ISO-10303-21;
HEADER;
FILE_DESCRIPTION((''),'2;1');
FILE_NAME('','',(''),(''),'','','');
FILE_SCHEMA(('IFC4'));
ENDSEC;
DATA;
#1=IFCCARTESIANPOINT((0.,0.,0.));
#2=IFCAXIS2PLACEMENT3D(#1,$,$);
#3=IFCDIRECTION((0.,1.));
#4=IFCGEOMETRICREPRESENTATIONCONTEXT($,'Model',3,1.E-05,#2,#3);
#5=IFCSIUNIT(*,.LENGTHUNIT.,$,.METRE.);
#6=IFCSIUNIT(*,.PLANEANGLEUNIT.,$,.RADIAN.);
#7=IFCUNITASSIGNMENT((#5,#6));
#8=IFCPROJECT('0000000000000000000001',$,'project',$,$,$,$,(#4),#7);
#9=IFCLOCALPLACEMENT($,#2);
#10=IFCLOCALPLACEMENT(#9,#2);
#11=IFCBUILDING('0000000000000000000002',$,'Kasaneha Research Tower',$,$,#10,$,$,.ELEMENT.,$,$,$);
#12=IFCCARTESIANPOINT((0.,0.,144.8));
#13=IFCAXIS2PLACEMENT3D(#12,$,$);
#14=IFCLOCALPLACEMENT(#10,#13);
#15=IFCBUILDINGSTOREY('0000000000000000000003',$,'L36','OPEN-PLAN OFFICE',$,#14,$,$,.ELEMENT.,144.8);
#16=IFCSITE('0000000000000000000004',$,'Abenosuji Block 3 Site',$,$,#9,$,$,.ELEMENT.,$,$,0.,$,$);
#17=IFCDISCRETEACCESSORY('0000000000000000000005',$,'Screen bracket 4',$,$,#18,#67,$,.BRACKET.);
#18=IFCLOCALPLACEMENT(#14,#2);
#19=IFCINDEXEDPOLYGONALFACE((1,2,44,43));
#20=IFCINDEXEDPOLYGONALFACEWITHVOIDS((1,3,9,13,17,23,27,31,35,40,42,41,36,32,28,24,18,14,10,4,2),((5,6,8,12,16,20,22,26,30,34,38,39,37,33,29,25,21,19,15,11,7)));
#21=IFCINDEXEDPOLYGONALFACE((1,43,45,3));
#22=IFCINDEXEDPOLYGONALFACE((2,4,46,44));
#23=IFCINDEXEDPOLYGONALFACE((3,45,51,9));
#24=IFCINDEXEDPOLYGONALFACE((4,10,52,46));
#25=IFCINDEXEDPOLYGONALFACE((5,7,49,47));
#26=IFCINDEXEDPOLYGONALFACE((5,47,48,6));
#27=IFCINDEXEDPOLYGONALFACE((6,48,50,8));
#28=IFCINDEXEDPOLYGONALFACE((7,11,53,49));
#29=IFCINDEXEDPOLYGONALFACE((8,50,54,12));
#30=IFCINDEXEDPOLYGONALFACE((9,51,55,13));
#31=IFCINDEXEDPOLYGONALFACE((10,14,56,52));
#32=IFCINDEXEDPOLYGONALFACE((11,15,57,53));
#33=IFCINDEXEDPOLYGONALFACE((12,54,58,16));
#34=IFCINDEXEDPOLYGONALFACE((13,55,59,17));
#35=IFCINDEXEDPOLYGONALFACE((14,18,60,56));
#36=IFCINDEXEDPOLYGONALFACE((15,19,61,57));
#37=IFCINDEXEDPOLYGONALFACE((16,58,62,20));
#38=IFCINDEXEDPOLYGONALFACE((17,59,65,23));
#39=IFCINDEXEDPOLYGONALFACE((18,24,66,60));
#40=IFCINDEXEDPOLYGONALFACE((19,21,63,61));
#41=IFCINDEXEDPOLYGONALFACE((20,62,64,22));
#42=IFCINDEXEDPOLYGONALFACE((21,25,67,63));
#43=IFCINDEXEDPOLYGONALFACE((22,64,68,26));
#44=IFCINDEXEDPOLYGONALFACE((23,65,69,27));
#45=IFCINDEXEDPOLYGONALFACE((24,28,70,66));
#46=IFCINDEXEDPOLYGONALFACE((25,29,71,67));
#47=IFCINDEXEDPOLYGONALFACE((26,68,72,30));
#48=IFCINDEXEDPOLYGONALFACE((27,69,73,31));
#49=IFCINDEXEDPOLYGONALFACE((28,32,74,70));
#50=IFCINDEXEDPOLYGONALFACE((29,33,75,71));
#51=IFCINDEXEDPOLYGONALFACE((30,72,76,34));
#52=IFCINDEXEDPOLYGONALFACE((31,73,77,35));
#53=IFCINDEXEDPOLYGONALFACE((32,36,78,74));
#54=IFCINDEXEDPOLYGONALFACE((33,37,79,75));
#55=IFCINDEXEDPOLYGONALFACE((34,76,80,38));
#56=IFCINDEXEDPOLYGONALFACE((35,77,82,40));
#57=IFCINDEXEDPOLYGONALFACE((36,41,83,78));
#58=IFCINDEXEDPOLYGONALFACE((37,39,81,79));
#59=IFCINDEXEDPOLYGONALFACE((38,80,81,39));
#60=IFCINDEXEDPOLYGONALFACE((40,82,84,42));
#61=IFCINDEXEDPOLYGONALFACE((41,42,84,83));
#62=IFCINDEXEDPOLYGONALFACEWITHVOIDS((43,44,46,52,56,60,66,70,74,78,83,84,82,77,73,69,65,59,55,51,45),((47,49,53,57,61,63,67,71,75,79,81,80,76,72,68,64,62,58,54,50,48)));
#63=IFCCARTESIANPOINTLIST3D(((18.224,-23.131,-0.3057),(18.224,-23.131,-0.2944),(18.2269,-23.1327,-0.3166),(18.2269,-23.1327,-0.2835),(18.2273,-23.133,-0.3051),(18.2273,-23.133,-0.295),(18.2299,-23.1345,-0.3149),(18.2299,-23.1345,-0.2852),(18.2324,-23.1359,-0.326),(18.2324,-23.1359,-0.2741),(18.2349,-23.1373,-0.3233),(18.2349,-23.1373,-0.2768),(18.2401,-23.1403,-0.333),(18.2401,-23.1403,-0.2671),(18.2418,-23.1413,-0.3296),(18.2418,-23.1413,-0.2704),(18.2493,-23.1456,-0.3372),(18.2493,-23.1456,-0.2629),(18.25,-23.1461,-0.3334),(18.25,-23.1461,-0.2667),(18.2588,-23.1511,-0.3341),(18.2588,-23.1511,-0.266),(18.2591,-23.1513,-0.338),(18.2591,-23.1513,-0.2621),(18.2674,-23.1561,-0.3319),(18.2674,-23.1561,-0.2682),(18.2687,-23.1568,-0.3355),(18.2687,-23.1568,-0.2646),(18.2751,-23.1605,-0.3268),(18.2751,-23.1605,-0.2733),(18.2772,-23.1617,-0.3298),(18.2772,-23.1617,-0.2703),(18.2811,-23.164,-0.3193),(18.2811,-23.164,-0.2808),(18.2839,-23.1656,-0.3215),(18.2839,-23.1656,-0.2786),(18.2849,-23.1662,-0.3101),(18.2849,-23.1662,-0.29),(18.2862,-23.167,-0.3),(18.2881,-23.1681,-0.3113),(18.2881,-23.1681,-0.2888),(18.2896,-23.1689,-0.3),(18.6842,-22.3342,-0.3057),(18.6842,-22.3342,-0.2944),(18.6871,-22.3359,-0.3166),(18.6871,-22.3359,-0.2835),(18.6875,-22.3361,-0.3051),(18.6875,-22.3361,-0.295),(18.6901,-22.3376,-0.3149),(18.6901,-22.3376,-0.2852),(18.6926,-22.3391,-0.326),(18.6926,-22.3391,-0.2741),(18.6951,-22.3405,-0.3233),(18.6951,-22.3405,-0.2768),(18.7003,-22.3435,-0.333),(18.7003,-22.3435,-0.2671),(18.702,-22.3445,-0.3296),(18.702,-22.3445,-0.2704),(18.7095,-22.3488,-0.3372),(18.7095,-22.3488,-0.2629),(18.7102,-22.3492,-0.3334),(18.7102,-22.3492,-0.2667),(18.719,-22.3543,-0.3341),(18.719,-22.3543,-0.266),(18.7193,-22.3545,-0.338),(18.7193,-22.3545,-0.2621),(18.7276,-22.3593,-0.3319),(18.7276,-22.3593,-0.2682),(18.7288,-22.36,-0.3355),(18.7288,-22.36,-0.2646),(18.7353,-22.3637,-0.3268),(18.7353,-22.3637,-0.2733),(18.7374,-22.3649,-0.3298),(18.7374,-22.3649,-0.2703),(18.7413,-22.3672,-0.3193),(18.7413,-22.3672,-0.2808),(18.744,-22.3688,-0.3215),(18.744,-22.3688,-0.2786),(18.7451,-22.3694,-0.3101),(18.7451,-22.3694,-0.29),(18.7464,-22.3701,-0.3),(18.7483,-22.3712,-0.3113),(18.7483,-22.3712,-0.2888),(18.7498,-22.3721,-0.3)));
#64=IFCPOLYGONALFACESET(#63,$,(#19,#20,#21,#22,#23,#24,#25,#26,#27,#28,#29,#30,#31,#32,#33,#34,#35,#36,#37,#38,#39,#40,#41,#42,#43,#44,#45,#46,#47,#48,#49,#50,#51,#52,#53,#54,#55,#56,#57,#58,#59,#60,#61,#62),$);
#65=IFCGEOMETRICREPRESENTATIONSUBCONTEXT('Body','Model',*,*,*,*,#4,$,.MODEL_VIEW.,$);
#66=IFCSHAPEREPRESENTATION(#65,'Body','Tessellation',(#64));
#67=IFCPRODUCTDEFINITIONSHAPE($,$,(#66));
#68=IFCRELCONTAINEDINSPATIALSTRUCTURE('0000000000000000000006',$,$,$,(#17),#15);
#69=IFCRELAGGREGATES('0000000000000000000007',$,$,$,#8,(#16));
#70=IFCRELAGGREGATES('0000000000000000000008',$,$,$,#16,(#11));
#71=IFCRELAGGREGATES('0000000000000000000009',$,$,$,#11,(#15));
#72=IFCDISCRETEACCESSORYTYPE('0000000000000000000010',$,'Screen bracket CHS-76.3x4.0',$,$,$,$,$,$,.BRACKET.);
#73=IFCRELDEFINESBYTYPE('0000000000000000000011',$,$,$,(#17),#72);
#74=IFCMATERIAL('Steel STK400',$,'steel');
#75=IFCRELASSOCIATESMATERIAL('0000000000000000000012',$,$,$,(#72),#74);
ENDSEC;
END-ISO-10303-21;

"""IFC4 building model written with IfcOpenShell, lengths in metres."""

from ifc_helpers import new_model, si_unit, direction, frame, origin, origin_2d, place, context, subcontext, project, spatial, hollow_circle, extrude, material, material_profile, profile_set, type_object, element, save


model = new_model("IFC4")

# Units and contexts
model_context = context("Model", 3, precision=1e-05, world=origin(), true_north=direction((0.0, 1.0)))
body_context = subcontext(model_context, "Body", "Model", "MODEL_VIEW")
ifc_project = project(units=[si_unit("LENGTHUNIT", "METRE"), si_unit("PLANEANGLEUNIT", "RADIAN")], contexts=[model_context])

# Site, building, storey
site_placement = place(None, origin())
site = spatial("IfcSite", under=ifc_project, at=site_placement, Name="Abenosuji Block 3 Site", CompositionType="ELEMENT", RefElevation=0.0)
building_placement = place(site_placement, origin())
building = spatial("IfcBuilding", under=site, at=building_placement, Name="Kasaneha Research Tower", CompositionType="ELEMENT")
storey_placement = place(building_placement, frame((0.0, 0.0, 144.8)))
storey = spatial("IfcBuildingStorey", under=building, at=storey_placement, Name="L36", Description="OPEN-PLAN OFFICE", CompositionType="ELEMENT", Elevation=144.8)

# Discrete accessory
ifc_material_1 = material(Name="Steel STK400", Category="steel")
ifc_material_profile_1 = material_profile(ifc_material_1, hollow_circle(Radius=0.0381, WallThickness=0.0039, at=origin_2d()), Name="CHS-76.3x4.0")
ifc_profile_set_1 = profile_set([ifc_material_profile_1], Name="Steel STK400")
discrete_accessory_type = type_object("IfcDiscreteAccessoryType", Name="Screen bracket CHS-76.3x4.0", PredefinedType="BRACKET", material=ifc_profile_set_1)
discrete_accessory_1_placement = place(storey_placement, frame((18.7168, -22.353, -0.3), z_axis=(-0.500105, -0.865965, 0.0), x_axis=(0.865965, -0.500105, 0.0)))
element("IfcDiscreteAccessory", 1, at=discrete_accessory_1_placement, inside=storey, type_object=discrete_accessory_type, Name="Screen bracket 4", PredefinedType="BRACKET", context=body_context, shape_type="SweptSolid", body=[
    extrude(hollow_circle(Radius=0.0381, WallThickness=0.0039, at=origin_2d()), origin(), (0.0, 0.0, 1.0), 0.9202),
])

save(model, "model.ifc")
